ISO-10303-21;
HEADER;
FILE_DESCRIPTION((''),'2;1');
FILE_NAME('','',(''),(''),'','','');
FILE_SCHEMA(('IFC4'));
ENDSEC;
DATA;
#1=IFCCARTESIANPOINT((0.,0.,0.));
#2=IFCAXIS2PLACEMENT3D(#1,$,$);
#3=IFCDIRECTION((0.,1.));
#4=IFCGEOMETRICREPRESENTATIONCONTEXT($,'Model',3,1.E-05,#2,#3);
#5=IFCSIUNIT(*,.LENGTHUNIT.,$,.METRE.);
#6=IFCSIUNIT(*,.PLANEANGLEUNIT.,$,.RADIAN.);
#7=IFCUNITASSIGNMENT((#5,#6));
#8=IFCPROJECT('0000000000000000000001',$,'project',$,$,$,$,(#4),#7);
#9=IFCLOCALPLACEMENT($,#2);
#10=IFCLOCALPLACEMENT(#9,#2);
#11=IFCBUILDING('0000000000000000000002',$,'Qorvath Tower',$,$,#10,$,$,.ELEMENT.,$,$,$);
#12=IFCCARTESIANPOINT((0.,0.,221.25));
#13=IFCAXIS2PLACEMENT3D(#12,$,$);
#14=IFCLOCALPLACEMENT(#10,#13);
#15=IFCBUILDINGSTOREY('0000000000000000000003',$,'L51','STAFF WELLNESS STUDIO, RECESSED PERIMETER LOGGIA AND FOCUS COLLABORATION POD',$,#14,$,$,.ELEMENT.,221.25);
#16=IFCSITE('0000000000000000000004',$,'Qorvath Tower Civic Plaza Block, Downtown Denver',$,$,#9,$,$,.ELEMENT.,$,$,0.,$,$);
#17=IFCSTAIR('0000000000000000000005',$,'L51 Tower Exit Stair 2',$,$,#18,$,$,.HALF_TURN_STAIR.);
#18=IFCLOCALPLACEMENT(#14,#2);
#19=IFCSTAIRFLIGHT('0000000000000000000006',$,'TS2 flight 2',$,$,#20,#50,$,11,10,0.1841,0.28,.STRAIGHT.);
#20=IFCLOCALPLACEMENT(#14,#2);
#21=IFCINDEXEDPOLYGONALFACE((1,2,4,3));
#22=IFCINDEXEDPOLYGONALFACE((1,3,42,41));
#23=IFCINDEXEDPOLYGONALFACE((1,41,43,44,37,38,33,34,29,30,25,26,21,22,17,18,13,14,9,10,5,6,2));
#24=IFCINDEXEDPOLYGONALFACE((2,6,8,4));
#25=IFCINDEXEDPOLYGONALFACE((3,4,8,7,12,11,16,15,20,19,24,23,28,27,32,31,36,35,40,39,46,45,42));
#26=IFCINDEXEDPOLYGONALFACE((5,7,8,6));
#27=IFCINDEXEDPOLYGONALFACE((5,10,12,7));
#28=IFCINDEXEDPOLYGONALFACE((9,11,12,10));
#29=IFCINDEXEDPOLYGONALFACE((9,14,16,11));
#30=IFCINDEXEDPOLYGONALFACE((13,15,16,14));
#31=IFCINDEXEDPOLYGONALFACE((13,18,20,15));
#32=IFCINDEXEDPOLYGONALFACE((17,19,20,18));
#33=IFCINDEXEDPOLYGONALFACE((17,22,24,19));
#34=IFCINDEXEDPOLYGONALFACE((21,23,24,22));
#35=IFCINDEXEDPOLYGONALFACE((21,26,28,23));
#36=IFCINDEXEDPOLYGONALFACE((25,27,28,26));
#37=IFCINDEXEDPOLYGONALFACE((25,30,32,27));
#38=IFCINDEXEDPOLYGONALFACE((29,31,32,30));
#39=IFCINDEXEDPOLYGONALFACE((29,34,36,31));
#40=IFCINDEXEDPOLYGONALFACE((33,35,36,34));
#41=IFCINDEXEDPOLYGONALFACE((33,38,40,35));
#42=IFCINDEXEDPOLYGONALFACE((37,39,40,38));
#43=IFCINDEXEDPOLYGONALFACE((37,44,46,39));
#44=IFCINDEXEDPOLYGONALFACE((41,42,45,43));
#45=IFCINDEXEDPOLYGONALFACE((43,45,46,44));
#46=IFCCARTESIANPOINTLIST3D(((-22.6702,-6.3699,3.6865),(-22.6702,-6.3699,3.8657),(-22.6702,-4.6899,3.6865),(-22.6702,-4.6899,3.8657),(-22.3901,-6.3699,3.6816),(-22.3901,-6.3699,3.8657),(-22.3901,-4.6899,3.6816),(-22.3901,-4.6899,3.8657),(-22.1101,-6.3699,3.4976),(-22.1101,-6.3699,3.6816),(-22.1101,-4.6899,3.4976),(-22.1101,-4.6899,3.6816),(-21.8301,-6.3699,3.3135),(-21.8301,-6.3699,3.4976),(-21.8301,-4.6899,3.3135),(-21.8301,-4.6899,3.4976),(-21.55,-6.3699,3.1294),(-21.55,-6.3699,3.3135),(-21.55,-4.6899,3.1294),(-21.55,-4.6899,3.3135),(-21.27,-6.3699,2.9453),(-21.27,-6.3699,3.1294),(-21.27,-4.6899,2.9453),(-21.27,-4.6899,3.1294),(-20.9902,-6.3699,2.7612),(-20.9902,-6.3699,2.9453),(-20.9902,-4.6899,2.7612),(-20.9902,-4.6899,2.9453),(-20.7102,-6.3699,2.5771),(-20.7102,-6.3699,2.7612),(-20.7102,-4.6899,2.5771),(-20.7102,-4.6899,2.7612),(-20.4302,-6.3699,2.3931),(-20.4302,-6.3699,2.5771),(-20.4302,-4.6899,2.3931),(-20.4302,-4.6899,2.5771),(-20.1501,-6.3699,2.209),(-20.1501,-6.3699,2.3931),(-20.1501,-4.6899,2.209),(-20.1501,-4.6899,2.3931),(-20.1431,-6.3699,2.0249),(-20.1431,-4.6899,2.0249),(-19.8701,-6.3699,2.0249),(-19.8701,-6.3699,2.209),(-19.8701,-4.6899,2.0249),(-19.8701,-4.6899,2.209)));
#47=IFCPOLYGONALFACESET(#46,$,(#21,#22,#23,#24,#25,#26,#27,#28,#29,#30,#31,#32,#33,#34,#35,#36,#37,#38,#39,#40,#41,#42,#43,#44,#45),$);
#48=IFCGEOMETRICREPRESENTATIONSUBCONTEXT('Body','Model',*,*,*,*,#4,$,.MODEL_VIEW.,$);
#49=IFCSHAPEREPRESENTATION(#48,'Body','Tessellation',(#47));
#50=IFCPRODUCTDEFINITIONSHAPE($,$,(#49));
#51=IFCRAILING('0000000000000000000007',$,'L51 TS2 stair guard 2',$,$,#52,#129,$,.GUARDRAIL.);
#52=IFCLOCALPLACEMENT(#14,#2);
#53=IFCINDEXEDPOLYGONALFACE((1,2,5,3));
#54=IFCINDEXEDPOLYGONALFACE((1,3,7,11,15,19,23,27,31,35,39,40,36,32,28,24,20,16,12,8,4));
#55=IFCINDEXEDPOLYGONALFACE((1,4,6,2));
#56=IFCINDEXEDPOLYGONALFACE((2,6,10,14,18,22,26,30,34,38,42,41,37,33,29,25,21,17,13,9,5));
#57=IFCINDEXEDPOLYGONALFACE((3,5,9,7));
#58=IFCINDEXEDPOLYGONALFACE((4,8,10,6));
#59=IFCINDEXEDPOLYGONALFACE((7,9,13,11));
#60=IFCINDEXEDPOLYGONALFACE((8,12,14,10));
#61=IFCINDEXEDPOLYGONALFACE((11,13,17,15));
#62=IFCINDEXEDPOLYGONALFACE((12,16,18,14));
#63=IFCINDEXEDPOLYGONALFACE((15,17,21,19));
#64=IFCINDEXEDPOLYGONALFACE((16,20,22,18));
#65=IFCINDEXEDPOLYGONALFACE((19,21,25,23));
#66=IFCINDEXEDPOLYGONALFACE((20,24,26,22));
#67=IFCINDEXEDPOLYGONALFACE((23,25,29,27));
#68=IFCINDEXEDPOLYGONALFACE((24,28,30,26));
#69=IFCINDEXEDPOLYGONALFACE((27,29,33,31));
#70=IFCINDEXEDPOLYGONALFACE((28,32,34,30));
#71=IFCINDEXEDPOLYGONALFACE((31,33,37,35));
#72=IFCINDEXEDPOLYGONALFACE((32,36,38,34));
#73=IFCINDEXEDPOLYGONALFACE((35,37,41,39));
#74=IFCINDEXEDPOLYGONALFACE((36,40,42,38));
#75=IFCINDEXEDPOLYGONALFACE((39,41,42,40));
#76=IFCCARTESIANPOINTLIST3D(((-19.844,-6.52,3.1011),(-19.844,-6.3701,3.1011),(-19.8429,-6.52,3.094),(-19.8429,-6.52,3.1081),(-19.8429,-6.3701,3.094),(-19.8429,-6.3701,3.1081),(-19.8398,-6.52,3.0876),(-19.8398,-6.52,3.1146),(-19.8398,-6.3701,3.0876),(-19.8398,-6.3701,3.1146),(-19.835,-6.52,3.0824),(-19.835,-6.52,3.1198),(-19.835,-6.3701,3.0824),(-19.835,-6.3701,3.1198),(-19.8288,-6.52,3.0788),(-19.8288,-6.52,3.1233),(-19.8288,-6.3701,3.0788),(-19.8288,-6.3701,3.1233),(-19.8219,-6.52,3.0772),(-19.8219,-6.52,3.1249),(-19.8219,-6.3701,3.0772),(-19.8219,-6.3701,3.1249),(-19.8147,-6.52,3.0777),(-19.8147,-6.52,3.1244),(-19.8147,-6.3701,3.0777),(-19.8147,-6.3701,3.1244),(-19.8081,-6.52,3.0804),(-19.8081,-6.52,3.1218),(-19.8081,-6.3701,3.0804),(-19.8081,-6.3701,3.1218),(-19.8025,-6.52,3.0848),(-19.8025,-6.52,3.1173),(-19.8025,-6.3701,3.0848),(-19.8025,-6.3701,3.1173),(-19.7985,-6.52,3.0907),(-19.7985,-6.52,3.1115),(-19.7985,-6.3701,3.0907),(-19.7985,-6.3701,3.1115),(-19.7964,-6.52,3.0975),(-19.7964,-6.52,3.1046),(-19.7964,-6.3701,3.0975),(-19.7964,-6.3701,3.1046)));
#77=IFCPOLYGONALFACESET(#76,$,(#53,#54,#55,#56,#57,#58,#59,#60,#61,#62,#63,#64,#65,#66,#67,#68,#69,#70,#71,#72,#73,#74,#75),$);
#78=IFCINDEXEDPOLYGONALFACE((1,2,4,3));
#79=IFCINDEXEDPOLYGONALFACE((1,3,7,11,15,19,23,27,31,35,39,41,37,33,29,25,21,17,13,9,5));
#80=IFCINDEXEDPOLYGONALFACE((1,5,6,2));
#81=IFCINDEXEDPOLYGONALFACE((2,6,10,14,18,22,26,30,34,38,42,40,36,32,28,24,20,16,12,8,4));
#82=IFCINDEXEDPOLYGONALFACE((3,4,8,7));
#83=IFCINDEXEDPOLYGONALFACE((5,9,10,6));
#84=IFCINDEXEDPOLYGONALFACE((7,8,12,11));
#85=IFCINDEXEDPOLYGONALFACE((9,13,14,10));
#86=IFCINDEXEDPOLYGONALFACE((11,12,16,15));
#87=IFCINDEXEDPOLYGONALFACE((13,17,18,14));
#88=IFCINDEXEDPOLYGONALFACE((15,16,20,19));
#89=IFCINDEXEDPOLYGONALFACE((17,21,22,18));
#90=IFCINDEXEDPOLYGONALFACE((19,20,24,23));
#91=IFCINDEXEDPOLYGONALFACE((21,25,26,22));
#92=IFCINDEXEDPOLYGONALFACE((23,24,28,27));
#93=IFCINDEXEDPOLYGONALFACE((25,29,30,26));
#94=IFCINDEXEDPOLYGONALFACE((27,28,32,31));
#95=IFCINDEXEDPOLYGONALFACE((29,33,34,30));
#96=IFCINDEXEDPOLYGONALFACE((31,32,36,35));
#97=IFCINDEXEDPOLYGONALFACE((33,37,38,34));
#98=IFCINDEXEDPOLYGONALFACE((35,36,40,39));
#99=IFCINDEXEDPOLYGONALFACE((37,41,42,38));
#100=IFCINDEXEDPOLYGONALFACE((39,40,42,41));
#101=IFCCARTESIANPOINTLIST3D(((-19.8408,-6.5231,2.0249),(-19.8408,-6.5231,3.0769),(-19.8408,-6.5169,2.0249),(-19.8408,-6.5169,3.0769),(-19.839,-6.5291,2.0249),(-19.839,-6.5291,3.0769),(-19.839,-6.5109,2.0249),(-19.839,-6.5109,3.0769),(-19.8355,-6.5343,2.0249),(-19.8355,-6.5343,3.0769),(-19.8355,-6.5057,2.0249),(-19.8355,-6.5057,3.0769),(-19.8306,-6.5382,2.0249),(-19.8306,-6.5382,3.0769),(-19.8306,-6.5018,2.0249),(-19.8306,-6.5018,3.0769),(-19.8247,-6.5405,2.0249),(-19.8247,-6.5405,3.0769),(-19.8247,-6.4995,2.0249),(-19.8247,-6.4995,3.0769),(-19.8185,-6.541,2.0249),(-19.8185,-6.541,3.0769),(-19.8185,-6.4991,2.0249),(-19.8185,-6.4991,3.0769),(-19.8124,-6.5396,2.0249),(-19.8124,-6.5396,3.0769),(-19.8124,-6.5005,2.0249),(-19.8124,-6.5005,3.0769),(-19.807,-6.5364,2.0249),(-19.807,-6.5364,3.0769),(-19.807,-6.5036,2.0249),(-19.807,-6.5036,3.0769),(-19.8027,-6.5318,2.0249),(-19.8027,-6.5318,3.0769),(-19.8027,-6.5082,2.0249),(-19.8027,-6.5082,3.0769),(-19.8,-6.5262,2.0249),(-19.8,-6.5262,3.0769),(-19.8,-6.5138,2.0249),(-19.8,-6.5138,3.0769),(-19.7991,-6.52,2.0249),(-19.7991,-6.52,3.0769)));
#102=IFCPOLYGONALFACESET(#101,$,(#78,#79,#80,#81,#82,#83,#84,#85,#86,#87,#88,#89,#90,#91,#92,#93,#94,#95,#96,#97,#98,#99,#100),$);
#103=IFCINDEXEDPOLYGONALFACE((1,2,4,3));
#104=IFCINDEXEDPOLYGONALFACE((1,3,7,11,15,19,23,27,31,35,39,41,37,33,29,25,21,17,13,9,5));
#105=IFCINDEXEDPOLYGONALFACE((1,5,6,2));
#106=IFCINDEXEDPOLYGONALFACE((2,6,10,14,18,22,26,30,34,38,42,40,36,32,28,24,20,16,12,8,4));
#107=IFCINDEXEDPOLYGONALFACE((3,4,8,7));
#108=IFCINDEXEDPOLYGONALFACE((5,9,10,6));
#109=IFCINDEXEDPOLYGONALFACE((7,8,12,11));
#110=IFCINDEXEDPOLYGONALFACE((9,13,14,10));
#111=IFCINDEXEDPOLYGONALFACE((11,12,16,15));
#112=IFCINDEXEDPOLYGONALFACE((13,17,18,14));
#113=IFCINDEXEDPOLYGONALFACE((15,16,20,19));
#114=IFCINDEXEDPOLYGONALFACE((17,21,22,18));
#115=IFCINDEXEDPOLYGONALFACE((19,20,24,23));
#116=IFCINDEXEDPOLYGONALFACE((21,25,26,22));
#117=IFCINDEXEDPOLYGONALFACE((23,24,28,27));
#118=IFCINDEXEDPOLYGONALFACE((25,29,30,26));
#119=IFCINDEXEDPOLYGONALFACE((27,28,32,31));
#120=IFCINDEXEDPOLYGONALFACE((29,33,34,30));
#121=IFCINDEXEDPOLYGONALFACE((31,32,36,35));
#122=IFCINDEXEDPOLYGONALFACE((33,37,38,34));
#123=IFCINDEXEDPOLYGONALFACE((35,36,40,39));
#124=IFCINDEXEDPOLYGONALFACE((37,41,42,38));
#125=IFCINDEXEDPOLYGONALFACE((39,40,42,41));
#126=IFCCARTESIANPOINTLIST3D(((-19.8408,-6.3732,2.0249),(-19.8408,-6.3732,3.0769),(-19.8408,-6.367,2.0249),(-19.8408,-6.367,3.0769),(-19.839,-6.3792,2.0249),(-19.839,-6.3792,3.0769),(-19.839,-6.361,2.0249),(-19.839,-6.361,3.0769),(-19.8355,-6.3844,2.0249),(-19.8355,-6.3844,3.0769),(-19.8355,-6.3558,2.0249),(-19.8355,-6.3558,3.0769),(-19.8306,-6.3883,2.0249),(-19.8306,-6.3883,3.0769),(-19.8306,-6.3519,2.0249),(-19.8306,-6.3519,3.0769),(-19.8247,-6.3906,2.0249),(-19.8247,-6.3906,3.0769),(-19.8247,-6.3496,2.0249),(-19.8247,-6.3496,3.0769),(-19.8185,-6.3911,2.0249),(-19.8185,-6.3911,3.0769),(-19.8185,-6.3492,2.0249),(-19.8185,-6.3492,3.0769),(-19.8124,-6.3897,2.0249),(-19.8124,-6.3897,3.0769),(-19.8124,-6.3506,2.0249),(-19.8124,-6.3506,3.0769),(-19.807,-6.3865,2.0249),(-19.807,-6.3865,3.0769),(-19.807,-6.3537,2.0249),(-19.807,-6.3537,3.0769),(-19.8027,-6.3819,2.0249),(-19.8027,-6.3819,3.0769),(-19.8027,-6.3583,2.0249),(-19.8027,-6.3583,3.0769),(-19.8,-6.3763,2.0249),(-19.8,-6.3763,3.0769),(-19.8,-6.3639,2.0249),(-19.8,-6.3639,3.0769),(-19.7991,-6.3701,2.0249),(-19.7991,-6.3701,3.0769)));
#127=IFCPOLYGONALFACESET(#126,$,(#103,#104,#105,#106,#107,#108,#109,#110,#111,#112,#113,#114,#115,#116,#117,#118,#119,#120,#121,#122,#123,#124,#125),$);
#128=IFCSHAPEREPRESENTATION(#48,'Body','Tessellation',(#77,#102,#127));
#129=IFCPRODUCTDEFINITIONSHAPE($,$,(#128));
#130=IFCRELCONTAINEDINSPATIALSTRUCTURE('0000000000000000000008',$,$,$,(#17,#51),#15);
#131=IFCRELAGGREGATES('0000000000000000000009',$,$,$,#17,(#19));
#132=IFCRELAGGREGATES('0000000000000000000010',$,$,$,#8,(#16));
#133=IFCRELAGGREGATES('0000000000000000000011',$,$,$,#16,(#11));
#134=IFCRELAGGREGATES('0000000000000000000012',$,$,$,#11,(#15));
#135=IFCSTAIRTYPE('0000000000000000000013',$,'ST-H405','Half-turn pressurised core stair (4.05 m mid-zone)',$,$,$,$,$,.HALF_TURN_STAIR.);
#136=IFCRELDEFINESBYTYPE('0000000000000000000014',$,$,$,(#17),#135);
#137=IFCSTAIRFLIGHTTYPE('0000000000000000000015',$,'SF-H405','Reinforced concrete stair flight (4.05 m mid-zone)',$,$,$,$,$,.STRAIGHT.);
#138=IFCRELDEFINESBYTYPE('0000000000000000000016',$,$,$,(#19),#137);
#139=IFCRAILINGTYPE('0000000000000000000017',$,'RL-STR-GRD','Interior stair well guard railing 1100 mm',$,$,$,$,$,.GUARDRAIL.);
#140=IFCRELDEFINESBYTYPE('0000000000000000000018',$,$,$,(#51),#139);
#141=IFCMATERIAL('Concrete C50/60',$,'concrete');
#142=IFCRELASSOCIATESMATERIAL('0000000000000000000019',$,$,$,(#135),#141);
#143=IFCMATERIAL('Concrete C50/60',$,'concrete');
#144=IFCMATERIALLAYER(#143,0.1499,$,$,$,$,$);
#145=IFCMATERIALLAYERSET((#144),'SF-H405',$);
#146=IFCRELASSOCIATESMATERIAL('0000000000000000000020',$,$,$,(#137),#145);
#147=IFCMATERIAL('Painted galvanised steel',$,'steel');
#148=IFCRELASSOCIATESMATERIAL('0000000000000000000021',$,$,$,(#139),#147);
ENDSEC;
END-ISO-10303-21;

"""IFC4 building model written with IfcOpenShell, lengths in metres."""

from ifc_helpers import new_model, si_unit, direction, frame, origin, origin_2d, place, context, subcontext, project, spatial, polyline, circle, outline, extrude, material, layer, layer_set, type_object, element, aggregate, save


model = new_model("IFC4")

# Units and contexts
model_context = context("Model", 3, precision=1e-05, world=origin(), true_north=direction((0.0, 1.0)))
body_context = subcontext(model_context, "Body", "Model", "MODEL_VIEW")
ifc_project = project(units=[si_unit("LENGTHUNIT", "METRE"), si_unit("PLANEANGLEUNIT", "RADIAN")], contexts=[model_context])

# Site, building, storey
site_placement = place(None, origin())
site = spatial("IfcSite", under=ifc_project, at=site_placement, Name="Qorvath Tower Civic Plaza Block, Downtown Denver", CompositionType="ELEMENT", RefElevation=0.0)
building_placement = place(site_placement, origin())
building = spatial("IfcBuilding", under=site, at=building_placement, Name="Qorvath Tower", CompositionType="ELEMENT")
storey_placement = place(building_placement, frame((0.0, 0.0, 221.25)))
storey = spatial("IfcBuildingStorey", under=building, at=storey_placement, Name="L51", Description="STAFF WELLNESS STUDIO, RECESSED PERIMETER LOGGIA AND FOCUS COLLABORATION POD", CompositionType="ELEMENT", Elevation=221.25)

# Stair, stair flight
ifc_material_1 = material(Name="Concrete C50/60", Category="concrete")
stair_type = type_object("IfcStairType", Name="ST-H405", Description="Half-turn pressurised core stair (4.05 m mid-zone)", PredefinedType="HALF_TURN_STAIR", material=ifc_material_1)
stair_placement = place(storey_placement, origin())
stair = element("IfcStair", 1, at=stair_placement, inside=storey, type_object=stair_type, Name="L51 Tower Exit Stair 2", PredefinedType="HALF_TURN_STAIR")
ifc_material_2 = material(Name="Concrete C50/60", Category="concrete")
ifc_layer_1 = layer(ifc_material_2, 0.1499)
ifc_layer_set_1 = layer_set([ifc_layer_1], Name="SF-H405")
stair_flight_type = type_object("IfcStairFlightType", Name="SF-H405", Description="Reinforced concrete stair flight (4.05 m mid-zone)", PredefinedType="STRAIGHT", material=ifc_layer_set_1)
stair_flight_placement = place(storey_placement, frame((-19.8701, -5.53, 2.0249), z_axis=(0.0, 0.0, 1.0), x_axis=(-1.0, 0.0, 0.0)))
stair_flight = element("IfcStairFlight", 2, at=stair_flight_placement, type_object=stair_flight_type, Name="TS2 flight 2", NumberOfRisers=11, NumberOfTreads=10, PredefinedType="STRAIGHT", RiserHeight=0.1841, TreadLength=0.28, context=body_context, shape_type="SweptSolid", body=[
    extrude(outline(polyline([(0.0, 0.0), (0.0, 0.1841), (0.28, 0.1841), (0.28, 0.3682), (0.5601, 0.3682), (0.5601, 0.5522), (0.8401, 0.5522), (0.8401, 0.7363), (1.1201, 0.7363), (1.1201, 0.9204), (1.3999, 0.9204), (1.3999, 1.1045), (1.6799, 1.1045), (1.6799, 1.2886), (1.96, 1.2886), (1.96, 1.4727), (2.24, 1.4727), (2.24, 1.6567), (2.52, 1.6567), (2.52, 1.8408), (2.8, 1.8408), (2.8, 2.0249), (2.8, 1.6616), (0.2729, 0.0), (0.0, 0.0)])), frame((0.0, 0.8398, 0.0), z_axis=(0.0, -1.0, 0.0), x_axis=(1.0, 0.0, 0.0)), (0.0, 0.0, 1.0), 1.6799),
])
aggregate(stair, [stair_flight])

# Railing
ifc_material_3 = material(Name="Painted galvanised steel", Category="steel")
railing_type_1 = type_object("IfcRailingType", Name="RL-STR-GRD", Description="Interior stair well guard railing 1100 mm", PredefinedType="GUARDRAIL", material=ifc_material_3)
railing_1_placement = place(storey_placement, frame((-19.8201, -6.52, 2.0249)))
element("IfcRailing", 3, at=railing_1_placement, inside=storey, type_object=railing_type_1, Name="L51 TS2 stair guard 2", PredefinedType="GUARDRAIL", context=body_context, shape_type="SweptSolid", body=[
    extrude(circle(Radius=0.0239, at=origin_2d()), frame((0.0, 0.0, 1.0762), z_axis=(0.0, 1.0, 0.0), x_axis=(-1.0, 0.0, 0.0)), (0.0, 0.0, 1.0), 0.1499),
    extrude(circle(Radius=0.021, at=origin_2d()), origin(), (0.0, 0.0, 1.0), 1.052),
    extrude(circle(Radius=0.021, at=origin_2d()), frame((0.0, 0.1499, 0.0)), (0.0, 0.0, 1.0), 1.052),
])

save(model, "model.ifc")
